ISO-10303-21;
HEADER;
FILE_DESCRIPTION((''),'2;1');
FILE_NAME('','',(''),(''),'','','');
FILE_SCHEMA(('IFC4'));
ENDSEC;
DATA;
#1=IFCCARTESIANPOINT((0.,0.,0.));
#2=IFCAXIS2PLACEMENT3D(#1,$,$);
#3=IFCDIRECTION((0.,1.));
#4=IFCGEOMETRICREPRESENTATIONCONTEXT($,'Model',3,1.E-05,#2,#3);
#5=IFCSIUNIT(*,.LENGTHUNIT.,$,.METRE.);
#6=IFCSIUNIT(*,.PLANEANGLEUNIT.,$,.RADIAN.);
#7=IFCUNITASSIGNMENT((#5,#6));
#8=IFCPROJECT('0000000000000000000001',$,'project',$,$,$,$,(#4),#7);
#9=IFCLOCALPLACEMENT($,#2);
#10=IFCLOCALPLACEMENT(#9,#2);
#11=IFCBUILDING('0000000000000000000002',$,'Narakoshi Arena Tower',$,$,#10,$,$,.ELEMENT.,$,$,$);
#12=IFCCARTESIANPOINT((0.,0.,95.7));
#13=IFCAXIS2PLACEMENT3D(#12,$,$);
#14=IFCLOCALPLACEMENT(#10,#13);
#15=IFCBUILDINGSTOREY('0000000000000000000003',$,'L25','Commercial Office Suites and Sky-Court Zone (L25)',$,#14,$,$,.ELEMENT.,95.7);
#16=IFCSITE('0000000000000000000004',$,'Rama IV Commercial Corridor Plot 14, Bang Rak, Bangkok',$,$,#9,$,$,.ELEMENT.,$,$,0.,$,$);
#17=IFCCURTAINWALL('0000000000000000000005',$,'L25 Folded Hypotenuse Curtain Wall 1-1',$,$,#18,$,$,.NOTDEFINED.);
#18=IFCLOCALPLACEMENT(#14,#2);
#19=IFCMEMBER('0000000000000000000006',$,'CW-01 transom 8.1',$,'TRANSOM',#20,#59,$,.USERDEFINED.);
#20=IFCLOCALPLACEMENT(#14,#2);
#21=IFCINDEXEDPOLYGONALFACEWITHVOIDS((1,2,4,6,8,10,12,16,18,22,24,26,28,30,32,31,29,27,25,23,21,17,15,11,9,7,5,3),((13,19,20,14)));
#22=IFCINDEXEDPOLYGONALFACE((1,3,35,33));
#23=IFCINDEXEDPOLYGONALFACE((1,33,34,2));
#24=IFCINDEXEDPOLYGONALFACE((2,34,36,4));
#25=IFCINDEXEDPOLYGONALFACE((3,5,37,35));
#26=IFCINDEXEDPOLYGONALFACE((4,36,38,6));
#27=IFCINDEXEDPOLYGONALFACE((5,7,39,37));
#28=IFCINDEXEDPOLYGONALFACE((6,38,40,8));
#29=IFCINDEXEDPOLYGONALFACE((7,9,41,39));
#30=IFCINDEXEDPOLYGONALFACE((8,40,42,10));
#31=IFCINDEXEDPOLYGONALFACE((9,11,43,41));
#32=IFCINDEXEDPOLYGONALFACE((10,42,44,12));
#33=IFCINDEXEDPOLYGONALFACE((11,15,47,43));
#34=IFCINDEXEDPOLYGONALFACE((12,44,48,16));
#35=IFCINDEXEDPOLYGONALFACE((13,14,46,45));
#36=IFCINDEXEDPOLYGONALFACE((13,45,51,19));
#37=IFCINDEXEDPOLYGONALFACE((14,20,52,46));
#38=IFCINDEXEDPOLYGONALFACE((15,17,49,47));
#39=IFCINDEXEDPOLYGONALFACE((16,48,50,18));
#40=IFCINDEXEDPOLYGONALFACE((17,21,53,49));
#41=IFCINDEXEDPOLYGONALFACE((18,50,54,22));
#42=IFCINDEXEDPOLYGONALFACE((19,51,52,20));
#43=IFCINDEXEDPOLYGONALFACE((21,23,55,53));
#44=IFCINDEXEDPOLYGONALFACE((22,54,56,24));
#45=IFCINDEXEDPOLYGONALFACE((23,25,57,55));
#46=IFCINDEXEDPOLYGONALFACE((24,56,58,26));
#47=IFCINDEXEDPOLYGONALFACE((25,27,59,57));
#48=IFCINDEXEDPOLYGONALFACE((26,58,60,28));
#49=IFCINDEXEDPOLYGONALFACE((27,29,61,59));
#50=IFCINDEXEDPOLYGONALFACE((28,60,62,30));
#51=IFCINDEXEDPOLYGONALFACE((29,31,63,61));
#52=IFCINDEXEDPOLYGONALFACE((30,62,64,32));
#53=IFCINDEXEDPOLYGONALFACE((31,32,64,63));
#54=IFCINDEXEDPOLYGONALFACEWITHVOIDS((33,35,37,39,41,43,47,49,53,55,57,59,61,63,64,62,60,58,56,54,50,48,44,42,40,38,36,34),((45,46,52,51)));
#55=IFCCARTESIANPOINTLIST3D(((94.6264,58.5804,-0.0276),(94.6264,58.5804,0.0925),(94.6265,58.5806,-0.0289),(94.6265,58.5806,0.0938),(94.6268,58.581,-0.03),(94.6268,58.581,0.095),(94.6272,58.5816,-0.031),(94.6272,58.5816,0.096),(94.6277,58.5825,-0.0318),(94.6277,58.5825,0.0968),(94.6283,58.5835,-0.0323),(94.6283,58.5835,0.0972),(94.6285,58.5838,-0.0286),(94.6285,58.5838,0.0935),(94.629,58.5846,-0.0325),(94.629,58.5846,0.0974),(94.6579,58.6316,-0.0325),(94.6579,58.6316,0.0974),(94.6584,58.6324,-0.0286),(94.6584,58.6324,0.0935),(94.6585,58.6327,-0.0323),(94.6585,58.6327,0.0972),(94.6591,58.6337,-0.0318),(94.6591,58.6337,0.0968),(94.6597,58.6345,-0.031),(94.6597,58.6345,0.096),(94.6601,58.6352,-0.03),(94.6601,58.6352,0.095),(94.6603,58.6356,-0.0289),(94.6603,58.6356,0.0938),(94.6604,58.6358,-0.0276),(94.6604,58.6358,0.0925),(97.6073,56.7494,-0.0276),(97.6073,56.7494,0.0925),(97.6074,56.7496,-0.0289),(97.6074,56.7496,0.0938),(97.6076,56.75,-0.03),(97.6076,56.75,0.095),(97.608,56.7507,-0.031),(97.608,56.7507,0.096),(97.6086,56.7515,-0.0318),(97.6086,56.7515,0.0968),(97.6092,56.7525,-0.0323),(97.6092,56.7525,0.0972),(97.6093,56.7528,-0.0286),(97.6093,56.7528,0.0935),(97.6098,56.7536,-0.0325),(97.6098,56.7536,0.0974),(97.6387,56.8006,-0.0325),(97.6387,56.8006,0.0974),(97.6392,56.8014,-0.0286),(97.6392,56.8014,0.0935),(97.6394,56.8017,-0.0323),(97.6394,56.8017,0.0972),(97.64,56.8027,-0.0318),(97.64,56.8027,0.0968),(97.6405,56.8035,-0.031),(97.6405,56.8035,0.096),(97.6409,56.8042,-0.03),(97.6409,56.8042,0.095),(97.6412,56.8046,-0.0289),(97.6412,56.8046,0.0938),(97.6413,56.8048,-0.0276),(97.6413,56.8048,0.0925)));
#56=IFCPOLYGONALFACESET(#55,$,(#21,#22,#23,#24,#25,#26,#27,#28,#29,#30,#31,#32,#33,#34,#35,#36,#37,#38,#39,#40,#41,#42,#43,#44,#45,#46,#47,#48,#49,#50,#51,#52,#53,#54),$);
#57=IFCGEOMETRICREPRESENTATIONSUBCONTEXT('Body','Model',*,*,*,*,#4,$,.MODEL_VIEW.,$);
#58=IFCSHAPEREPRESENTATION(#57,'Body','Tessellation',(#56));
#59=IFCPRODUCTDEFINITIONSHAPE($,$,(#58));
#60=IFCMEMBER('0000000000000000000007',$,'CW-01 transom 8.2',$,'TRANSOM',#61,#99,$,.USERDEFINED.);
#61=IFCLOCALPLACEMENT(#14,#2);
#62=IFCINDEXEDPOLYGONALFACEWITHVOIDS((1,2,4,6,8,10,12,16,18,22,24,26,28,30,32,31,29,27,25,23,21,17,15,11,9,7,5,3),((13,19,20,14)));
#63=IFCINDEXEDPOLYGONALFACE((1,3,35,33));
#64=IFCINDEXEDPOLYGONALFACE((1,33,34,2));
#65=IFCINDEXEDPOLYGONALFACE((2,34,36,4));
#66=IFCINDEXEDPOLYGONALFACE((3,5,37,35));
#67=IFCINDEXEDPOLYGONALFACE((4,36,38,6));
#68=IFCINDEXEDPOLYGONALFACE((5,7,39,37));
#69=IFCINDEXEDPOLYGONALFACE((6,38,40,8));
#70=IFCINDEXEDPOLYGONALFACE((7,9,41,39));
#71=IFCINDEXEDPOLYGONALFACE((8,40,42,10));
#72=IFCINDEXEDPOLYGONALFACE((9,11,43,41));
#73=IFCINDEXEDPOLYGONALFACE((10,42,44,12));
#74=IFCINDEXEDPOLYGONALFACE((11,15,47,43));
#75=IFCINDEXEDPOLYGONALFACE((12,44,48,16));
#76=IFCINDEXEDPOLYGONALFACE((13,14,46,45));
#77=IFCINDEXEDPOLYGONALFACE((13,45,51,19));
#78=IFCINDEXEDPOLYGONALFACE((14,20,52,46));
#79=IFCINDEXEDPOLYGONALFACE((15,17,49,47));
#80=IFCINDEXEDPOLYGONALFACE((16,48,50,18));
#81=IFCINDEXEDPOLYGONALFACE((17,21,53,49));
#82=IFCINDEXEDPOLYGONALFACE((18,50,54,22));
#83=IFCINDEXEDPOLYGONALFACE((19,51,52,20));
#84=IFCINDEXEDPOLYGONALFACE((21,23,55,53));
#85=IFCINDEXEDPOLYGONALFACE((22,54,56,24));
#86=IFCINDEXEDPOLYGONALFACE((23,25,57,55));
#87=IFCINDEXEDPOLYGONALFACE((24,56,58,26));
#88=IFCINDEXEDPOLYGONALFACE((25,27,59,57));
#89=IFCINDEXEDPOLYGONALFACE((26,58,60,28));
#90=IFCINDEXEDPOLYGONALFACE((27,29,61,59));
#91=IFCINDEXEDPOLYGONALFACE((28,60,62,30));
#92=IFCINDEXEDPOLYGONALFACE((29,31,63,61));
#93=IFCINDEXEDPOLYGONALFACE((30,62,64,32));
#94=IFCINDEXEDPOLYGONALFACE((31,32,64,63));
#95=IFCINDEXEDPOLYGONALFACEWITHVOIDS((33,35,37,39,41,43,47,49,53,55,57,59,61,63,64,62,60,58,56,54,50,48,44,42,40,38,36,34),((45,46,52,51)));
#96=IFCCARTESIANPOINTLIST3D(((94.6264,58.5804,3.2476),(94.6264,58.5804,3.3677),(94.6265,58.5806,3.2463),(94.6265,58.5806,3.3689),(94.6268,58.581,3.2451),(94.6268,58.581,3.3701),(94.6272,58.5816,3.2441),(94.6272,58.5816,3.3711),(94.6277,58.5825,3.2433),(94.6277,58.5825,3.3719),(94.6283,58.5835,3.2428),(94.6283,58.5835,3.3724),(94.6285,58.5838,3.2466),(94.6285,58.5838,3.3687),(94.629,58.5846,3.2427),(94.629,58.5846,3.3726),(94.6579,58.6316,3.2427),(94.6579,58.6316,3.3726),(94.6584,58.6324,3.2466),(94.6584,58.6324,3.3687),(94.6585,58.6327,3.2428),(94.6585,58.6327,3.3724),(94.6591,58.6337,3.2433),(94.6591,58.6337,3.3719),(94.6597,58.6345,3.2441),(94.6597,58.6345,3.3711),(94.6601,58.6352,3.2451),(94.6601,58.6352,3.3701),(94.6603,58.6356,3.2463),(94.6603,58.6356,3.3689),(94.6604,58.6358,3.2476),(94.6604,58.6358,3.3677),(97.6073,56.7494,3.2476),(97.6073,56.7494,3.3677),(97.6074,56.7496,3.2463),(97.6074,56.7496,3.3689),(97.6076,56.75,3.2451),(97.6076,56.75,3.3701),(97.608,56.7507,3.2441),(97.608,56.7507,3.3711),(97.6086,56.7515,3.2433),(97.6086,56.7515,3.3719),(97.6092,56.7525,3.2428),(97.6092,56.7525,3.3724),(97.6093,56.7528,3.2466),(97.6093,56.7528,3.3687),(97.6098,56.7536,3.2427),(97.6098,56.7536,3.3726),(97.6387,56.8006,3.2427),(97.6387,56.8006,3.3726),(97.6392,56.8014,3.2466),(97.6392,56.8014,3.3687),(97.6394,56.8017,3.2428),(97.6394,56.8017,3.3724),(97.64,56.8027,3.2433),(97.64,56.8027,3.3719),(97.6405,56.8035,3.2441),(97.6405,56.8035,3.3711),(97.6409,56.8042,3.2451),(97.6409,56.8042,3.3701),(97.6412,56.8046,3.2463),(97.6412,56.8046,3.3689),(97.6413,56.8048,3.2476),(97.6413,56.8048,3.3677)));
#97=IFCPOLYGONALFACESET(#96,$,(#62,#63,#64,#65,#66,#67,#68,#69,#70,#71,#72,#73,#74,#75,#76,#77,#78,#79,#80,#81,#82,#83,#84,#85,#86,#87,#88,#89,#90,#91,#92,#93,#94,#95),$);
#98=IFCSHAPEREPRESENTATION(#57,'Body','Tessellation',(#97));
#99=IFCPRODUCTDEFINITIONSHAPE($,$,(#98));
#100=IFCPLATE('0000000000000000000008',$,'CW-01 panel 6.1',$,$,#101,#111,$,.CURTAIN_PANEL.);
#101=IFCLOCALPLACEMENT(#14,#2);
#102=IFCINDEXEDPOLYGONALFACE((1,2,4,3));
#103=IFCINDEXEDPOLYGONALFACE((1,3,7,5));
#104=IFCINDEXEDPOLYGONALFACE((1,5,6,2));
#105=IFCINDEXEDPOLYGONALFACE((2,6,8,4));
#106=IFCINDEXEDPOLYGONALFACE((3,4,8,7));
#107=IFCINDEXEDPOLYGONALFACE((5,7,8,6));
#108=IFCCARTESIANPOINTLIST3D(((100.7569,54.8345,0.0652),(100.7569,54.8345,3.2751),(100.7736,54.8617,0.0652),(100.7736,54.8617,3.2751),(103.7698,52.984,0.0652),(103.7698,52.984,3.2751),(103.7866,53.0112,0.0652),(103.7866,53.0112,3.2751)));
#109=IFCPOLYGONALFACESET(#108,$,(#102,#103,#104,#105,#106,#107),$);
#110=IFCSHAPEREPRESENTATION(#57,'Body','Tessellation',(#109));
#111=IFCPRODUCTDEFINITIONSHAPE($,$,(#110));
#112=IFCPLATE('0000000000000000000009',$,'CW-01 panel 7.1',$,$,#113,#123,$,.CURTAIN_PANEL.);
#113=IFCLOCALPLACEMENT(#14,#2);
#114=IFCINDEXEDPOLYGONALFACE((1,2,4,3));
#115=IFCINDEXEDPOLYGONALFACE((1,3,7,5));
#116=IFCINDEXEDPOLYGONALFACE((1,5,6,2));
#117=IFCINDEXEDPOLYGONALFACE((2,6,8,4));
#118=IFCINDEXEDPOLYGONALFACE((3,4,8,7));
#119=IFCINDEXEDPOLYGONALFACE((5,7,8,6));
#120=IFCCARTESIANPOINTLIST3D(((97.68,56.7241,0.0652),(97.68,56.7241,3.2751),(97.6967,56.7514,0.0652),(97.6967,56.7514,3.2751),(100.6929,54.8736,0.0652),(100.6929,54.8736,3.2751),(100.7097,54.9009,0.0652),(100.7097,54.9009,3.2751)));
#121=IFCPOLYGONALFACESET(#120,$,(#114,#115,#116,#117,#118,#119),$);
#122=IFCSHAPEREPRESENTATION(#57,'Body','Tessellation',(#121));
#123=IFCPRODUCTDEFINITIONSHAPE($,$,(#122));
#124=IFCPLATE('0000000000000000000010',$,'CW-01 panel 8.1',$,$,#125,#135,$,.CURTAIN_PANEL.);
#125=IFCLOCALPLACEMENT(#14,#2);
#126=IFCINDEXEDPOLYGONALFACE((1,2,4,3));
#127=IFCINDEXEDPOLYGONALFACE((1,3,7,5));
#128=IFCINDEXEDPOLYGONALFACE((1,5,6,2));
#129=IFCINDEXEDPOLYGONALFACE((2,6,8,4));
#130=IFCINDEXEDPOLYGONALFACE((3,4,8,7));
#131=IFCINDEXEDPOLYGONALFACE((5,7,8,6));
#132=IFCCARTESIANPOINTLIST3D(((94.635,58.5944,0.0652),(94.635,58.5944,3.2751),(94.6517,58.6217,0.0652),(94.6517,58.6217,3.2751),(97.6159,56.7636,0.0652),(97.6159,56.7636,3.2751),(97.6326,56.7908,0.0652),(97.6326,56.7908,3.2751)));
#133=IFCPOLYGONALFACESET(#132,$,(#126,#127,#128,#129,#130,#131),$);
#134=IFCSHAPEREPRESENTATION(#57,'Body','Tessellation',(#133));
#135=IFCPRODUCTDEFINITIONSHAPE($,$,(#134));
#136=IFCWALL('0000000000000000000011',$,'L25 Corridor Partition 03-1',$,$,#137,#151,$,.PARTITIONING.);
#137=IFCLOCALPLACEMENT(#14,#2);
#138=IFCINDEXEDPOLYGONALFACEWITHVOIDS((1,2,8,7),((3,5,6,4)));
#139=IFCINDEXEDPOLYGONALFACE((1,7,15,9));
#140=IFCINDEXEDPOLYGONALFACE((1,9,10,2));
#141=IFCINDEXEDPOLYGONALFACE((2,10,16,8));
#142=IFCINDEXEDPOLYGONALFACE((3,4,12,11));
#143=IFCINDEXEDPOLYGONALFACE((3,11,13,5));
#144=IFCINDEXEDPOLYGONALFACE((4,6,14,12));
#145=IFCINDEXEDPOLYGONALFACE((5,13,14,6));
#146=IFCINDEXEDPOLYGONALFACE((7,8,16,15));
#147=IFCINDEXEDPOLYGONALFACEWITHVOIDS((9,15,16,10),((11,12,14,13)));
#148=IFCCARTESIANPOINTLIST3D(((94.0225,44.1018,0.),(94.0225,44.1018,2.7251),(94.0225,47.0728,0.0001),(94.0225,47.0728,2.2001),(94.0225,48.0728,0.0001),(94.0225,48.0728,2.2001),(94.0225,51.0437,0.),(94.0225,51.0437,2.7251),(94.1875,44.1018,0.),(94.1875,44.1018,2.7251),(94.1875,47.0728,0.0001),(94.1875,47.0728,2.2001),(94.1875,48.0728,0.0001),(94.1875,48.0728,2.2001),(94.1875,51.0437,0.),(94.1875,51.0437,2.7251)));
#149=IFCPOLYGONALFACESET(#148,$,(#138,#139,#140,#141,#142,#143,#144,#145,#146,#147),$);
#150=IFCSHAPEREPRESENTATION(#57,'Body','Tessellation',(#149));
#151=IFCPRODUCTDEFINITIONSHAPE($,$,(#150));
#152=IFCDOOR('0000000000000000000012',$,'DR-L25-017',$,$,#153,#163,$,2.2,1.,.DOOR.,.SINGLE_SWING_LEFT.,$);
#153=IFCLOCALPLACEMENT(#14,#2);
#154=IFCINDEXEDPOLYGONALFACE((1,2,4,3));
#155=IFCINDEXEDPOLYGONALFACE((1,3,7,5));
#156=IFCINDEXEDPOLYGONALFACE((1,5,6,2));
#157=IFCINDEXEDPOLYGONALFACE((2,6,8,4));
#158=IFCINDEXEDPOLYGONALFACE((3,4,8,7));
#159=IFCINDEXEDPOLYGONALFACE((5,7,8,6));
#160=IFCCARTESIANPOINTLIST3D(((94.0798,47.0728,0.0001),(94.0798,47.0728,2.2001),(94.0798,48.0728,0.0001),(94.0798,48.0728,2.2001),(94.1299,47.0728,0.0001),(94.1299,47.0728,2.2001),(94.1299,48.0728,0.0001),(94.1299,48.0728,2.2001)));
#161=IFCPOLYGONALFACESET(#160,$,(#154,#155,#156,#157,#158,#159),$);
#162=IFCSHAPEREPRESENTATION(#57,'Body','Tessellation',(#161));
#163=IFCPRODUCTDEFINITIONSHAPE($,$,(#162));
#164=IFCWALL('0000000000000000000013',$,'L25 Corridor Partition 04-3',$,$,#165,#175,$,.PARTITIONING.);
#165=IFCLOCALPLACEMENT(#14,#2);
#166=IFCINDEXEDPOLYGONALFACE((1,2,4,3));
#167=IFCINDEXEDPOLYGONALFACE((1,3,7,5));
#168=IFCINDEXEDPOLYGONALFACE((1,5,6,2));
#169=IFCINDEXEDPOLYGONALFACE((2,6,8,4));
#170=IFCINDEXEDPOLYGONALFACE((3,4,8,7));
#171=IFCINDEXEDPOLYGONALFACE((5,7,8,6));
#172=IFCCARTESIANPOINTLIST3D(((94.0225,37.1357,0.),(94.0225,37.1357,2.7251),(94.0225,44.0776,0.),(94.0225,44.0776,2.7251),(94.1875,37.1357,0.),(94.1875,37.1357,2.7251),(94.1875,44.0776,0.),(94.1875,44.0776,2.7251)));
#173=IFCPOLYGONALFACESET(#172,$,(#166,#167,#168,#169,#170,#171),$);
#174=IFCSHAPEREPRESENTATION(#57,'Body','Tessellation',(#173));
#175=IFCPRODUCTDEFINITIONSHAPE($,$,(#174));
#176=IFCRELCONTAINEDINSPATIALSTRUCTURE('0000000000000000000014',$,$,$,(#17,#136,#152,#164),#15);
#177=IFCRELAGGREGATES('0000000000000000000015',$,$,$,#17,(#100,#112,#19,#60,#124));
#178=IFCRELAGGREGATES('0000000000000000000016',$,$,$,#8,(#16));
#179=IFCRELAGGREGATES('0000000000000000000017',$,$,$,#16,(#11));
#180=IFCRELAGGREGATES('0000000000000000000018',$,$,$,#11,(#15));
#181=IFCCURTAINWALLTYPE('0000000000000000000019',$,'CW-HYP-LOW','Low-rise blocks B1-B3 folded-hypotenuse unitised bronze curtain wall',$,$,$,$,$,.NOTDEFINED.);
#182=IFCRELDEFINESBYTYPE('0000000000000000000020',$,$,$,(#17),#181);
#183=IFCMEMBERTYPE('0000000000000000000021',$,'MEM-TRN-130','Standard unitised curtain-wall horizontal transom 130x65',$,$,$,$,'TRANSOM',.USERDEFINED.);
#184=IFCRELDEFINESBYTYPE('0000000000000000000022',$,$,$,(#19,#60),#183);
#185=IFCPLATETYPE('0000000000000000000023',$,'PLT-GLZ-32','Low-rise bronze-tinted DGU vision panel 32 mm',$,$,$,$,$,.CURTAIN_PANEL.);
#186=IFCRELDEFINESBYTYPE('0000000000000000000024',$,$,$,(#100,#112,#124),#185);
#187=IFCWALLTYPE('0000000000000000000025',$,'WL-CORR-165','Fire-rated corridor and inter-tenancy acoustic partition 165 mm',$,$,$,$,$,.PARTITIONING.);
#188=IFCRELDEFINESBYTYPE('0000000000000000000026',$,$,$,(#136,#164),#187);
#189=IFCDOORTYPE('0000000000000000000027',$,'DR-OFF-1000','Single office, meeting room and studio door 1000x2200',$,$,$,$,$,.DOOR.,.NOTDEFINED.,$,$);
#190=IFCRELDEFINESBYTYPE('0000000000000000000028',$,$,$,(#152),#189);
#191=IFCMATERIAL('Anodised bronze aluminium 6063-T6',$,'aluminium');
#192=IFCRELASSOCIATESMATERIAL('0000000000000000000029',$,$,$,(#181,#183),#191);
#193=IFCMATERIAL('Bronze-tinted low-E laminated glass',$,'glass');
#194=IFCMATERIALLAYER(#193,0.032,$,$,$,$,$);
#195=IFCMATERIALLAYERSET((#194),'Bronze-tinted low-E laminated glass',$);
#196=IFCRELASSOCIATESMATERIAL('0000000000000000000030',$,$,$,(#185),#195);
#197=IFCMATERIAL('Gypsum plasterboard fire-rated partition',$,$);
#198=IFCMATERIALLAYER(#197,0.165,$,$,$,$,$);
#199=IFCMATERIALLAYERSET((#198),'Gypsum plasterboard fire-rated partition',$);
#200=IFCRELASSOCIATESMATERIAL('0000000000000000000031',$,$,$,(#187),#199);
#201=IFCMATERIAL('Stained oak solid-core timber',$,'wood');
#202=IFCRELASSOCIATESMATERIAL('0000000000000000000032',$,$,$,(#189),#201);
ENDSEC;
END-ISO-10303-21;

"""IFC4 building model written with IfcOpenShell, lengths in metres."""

from ifc_helpers import new_model, si_unit, direction, frame, frame_2d, origin, origin_2d, place, context, subcontext, project, spatial, rectangle, hollow_rectangle, extrude, material, layer, layer_set, material_profile, profile_set, type_object, element, fill, aggregate, save


model = new_model("IFC4")

# Units and contexts
model_context = context("Model", 3, precision=1e-05, world=origin(), true_north=direction((0.0, 1.0)))
body_context = subcontext(model_context, "Body", "Model", "MODEL_VIEW")
ifc_project = project(units=[si_unit("LENGTHUNIT", "METRE"), si_unit("PLANEANGLEUNIT", "RADIAN")], contexts=[model_context])

# Site, building, storey
site_placement = place(None, origin())
site = spatial("IfcSite", under=ifc_project, at=site_placement, Name="Rama IV Commercial Corridor Plot 14, Bang Rak, Bangkok", CompositionType="ELEMENT", RefElevation=0.0)
building_placement = place(site_placement, origin())
building = spatial("IfcBuilding", under=site, at=building_placement, Name="Narakoshi Arena Tower", CompositionType="ELEMENT")
storey_placement = place(building_placement, frame((0.0, 0.0, 95.7)))
storey = spatial("IfcBuildingStorey", under=building, at=storey_placement, Name="L25", Description="Commercial Office Suites and Sky-Court Zone (L25)", CompositionType="ELEMENT", Elevation=95.7)

# Curtain wall, members, plates
ifc_material_1 = material(Name="Anodised bronze aluminium 6063-T6", Category="aluminium")
curtain_wall_type = type_object("IfcCurtainWallType", Name="CW-HYP-LOW", Description="Low-rise blocks B1-B3 folded-hypotenuse unitised bronze curtain wall", PredefinedType="NOTDEFINED", material=ifc_material_1)
curtain_wall_placement = place(storey_placement, origin())
curtain_wall = element("IfcCurtainWall", 1, at=curtain_wall_placement, inside=storey, type_object=curtain_wall_type, Name="L25 Folded Hypotenuse Curtain Wall 1-1", PredefinedType="NOTDEFINED")
ifc_material_profile_1 = material_profile(ifc_material_1, hollow_rectangle(XDim=0.0649, YDim=0.1299, WallThickness=0.0039, OuterFilletRadius=0.0049, at=origin_2d()), Name="TRN130x65x4")
ifc_profile_set_1 = profile_set([ifc_material_profile_1], Name="Anodised bronze aluminium 6063-T6")
member_type_1 = type_object("IfcMemberType", Name="MEM-TRN-130", Description="Standard unitised curtain-wall horizontal transom 130x65", ElementType="TRANSOM", PredefinedType="USERDEFINED", material=ifc_profile_set_1)
member_1_placement = place(storey_placement, frame((97.6243, 56.7771, 0.0325), z_axis=(-0.852089, 0.523396, 0.0), x_axis=(-0.523396, -0.852089, 0.0)))
member_1 = element("IfcMember", 2, at=member_1_placement, type_object=member_type_1, Name="CW-01 transom 8.1", ObjectType="TRANSOM", PredefinedType="USERDEFINED", context=body_context, shape_type="SweptSolid", body=[
    extrude(hollow_rectangle(XDim=0.0649, YDim=0.1299, WallThickness=0.0039, OuterFilletRadius=0.0049, at=origin_2d()), origin(), (0.0, 0.0, 1.0), 3.4983),
])
member_2_placement = place(storey_placement, frame((97.6243, 56.7771, 3.3076), z_axis=(-0.852089, 0.523396, 0.0), x_axis=(-0.523396, -0.852089, 0.0)))
member_2 = element("IfcMember", 3, at=member_2_placement, type_object=member_type_1, Name="CW-01 transom 8.2", ObjectType="TRANSOM", PredefinedType="USERDEFINED", context=body_context, shape_type="SweptSolid", body=[
    extrude(hollow_rectangle(XDim=0.0649, YDim=0.1299, WallThickness=0.0039, OuterFilletRadius=0.0049, at=origin_2d()), origin(), (0.0, 0.0, 1.0), 3.4983),
])
ifc_material_2 = material(Name="Bronze-tinted low-E laminated glass", Category="glass")
ifc_layer_1 = layer(ifc_material_2, 0.032)
ifc_layer_set_1 = layer_set([ifc_layer_1], Name="Bronze-tinted low-E laminated glass")
plate_type = type_object("IfcPlateType", Name="PLT-GLZ-32", Description="Low-rise bronze-tinted DGU vision panel 32 mm", PredefinedType="CURTAIN_PANEL", material=ifc_layer_set_1)
plate_1_placement = place(storey_placement, frame((102.2717, 53.9229, 0.0652), z_axis=(0.0, 0.0, 1.0), x_axis=(-0.852113, 0.523358, 0.0)))
plate_1 = element("IfcPlate", 4, at=plate_1_placement, type_object=plate_type, Name="CW-01 panel 6.1", PredefinedType="CURTAIN_PANEL", context=body_context, shape_type="SweptSolid", body=[
    extrude(rectangle(XDim=3.5359, YDim=0.032, at=origin_2d()), origin(), (0.0, 0.0, 1.0), 3.21),
])
plate_2_placement = place(storey_placement, frame((99.1948, 55.8125, 0.0652), z_axis=(0.0, 0.0, 1.0), x_axis=(-0.852113, 0.523358, 0.0)))
plate_2 = element("IfcPlate", 5, at=plate_2_placement, type_object=plate_type, Name="CW-01 panel 7.1", PredefinedType="CURTAIN_PANEL", context=body_context, shape_type="SweptSolid", body=[
    extrude(rectangle(XDim=3.5359, YDim=0.032, at=origin_2d()), origin(), (0.0, 0.0, 1.0), 3.21),
])
plate_3_placement = place(storey_placement, frame((96.1338, 57.6926, 0.0652), z_axis=(0.0, 0.0, 1.0), x_axis=(-0.852113, 0.523358, 0.0)))
plate_3 = element("IfcPlate", 6, at=plate_3_placement, type_object=plate_type, Name="CW-01 panel 8.1", PredefinedType="CURTAIN_PANEL", context=body_context, shape_type="SweptSolid", body=[
    extrude(rectangle(XDim=3.4983, YDim=0.032, at=origin_2d()), origin(), (0.0, 0.0, 1.0), 3.21),
])
aggregate(curtain_wall, [plate_1, plate_2, member_1, member_2, plate_3])

# Wall, opening, door
ifc_material_3 = material(Name="Gypsum plasterboard fire-rated partition")
ifc_layer_2 = layer(ifc_material_3, 0.165)
ifc_layer_set_2 = layer_set([ifc_layer_2], Name="Gypsum plasterboard fire-rated partition")
wall_type_1 = type_object("IfcWallType", Name="WL-CORR-165", Description="Fire-rated corridor and inter-tenancy acoustic partition 165 mm", PredefinedType="PARTITIONING", material=ifc_layer_set_2)
wall_1_placement = place(storey_placement, frame((94.105, 44.1018, 0.0), z_axis=(0.0, 0.0, 1.0), x_axis=(0.0, 1.0, 0.0)))
wall_1 = element("IfcWall", 7, at=wall_1_placement, inside=storey, type_object=wall_type_1, Name="L25 Corridor Partition 03-1", PredefinedType="PARTITIONING", context=body_context, shape_type="SweptSolid", body=[
    extrude(rectangle(XDim=6.9419, YDim=0.165, at=frame_2d((3.4709, 0.0))), origin(), (0.0, 0.0, 1.0), 2.7251),
])
opening_1_placement = place(wall_1_placement, frame((2.9709, 0.0, 0.0)))
opening_1 = element("IfcOpeningElement", 8, at=opening_1_placement, cuts=wall_1, PredefinedType="OPENING", context=body_context, shape_type="SweptSolid", body=[
    extrude(rectangle(XDim=1.0, YDim=2.2, at=frame_2d((0.5, 1.1001))), frame((0.0, 0.0925, 0.0), z_axis=(0.0, -1.0, 0.0), x_axis=(1.0, 0.0, 0.0)), (0.0, 0.0, 1.0), 0.1851),
])
ifc_material_4 = material(Name="Stained oak solid-core timber", Category="wood")
door_type_1 = type_object("IfcDoorType", Name="DR-OFF-1000", Description="Single office, meeting room and studio door 1000x2200", OperationType="NOTDEFINED", PredefinedType="DOOR", material=ifc_material_4)
door_1_placement = place(opening_1_placement, frame((1.0, 0.0, 0.0), z_axis=(0.0, 0.0, 1.0), x_axis=(-1.0, 0.0, 0.0)))
door_1 = element("IfcDoor", 9, at=door_1_placement, inside=storey, type_object=door_type_1, Name="DR-L25-017", OperationType="SINGLE_SWING_LEFT", OverallHeight=2.2, OverallWidth=1.0, PredefinedType="DOOR", context=body_context, shape_type="SweptSolid", body=[
    extrude(rectangle(XDim=1.0, YDim=2.2, at=frame_2d((0.5, 1.1001))), frame((0.0, 0.0249, 0.0), z_axis=(0.0, -1.0, 0.0), x_axis=(1.0, 0.0, 0.0)), (0.0, 0.0, 1.0), 0.05),
])
fill(opening_1, door_1)

# Wall
wall_2_placement = place(storey_placement, frame((94.105, 37.1357, 0.0), z_axis=(0.0, 0.0, 1.0), x_axis=(0.0, 1.0, 0.0)))
element("IfcWall", 10, at=wall_2_placement, inside=storey, type_object=wall_type_1, Name="L25 Corridor Partition 04-3", PredefinedType="PARTITIONING", context=body_context, shape_type="SweptSolid", body=[
    extrude(rectangle(XDim=6.9419, YDim=0.165, at=frame_2d((3.4709, 0.0))), origin(), (0.0, 0.0, 1.0), 2.7251),
])

save(model, "model.ifc")
